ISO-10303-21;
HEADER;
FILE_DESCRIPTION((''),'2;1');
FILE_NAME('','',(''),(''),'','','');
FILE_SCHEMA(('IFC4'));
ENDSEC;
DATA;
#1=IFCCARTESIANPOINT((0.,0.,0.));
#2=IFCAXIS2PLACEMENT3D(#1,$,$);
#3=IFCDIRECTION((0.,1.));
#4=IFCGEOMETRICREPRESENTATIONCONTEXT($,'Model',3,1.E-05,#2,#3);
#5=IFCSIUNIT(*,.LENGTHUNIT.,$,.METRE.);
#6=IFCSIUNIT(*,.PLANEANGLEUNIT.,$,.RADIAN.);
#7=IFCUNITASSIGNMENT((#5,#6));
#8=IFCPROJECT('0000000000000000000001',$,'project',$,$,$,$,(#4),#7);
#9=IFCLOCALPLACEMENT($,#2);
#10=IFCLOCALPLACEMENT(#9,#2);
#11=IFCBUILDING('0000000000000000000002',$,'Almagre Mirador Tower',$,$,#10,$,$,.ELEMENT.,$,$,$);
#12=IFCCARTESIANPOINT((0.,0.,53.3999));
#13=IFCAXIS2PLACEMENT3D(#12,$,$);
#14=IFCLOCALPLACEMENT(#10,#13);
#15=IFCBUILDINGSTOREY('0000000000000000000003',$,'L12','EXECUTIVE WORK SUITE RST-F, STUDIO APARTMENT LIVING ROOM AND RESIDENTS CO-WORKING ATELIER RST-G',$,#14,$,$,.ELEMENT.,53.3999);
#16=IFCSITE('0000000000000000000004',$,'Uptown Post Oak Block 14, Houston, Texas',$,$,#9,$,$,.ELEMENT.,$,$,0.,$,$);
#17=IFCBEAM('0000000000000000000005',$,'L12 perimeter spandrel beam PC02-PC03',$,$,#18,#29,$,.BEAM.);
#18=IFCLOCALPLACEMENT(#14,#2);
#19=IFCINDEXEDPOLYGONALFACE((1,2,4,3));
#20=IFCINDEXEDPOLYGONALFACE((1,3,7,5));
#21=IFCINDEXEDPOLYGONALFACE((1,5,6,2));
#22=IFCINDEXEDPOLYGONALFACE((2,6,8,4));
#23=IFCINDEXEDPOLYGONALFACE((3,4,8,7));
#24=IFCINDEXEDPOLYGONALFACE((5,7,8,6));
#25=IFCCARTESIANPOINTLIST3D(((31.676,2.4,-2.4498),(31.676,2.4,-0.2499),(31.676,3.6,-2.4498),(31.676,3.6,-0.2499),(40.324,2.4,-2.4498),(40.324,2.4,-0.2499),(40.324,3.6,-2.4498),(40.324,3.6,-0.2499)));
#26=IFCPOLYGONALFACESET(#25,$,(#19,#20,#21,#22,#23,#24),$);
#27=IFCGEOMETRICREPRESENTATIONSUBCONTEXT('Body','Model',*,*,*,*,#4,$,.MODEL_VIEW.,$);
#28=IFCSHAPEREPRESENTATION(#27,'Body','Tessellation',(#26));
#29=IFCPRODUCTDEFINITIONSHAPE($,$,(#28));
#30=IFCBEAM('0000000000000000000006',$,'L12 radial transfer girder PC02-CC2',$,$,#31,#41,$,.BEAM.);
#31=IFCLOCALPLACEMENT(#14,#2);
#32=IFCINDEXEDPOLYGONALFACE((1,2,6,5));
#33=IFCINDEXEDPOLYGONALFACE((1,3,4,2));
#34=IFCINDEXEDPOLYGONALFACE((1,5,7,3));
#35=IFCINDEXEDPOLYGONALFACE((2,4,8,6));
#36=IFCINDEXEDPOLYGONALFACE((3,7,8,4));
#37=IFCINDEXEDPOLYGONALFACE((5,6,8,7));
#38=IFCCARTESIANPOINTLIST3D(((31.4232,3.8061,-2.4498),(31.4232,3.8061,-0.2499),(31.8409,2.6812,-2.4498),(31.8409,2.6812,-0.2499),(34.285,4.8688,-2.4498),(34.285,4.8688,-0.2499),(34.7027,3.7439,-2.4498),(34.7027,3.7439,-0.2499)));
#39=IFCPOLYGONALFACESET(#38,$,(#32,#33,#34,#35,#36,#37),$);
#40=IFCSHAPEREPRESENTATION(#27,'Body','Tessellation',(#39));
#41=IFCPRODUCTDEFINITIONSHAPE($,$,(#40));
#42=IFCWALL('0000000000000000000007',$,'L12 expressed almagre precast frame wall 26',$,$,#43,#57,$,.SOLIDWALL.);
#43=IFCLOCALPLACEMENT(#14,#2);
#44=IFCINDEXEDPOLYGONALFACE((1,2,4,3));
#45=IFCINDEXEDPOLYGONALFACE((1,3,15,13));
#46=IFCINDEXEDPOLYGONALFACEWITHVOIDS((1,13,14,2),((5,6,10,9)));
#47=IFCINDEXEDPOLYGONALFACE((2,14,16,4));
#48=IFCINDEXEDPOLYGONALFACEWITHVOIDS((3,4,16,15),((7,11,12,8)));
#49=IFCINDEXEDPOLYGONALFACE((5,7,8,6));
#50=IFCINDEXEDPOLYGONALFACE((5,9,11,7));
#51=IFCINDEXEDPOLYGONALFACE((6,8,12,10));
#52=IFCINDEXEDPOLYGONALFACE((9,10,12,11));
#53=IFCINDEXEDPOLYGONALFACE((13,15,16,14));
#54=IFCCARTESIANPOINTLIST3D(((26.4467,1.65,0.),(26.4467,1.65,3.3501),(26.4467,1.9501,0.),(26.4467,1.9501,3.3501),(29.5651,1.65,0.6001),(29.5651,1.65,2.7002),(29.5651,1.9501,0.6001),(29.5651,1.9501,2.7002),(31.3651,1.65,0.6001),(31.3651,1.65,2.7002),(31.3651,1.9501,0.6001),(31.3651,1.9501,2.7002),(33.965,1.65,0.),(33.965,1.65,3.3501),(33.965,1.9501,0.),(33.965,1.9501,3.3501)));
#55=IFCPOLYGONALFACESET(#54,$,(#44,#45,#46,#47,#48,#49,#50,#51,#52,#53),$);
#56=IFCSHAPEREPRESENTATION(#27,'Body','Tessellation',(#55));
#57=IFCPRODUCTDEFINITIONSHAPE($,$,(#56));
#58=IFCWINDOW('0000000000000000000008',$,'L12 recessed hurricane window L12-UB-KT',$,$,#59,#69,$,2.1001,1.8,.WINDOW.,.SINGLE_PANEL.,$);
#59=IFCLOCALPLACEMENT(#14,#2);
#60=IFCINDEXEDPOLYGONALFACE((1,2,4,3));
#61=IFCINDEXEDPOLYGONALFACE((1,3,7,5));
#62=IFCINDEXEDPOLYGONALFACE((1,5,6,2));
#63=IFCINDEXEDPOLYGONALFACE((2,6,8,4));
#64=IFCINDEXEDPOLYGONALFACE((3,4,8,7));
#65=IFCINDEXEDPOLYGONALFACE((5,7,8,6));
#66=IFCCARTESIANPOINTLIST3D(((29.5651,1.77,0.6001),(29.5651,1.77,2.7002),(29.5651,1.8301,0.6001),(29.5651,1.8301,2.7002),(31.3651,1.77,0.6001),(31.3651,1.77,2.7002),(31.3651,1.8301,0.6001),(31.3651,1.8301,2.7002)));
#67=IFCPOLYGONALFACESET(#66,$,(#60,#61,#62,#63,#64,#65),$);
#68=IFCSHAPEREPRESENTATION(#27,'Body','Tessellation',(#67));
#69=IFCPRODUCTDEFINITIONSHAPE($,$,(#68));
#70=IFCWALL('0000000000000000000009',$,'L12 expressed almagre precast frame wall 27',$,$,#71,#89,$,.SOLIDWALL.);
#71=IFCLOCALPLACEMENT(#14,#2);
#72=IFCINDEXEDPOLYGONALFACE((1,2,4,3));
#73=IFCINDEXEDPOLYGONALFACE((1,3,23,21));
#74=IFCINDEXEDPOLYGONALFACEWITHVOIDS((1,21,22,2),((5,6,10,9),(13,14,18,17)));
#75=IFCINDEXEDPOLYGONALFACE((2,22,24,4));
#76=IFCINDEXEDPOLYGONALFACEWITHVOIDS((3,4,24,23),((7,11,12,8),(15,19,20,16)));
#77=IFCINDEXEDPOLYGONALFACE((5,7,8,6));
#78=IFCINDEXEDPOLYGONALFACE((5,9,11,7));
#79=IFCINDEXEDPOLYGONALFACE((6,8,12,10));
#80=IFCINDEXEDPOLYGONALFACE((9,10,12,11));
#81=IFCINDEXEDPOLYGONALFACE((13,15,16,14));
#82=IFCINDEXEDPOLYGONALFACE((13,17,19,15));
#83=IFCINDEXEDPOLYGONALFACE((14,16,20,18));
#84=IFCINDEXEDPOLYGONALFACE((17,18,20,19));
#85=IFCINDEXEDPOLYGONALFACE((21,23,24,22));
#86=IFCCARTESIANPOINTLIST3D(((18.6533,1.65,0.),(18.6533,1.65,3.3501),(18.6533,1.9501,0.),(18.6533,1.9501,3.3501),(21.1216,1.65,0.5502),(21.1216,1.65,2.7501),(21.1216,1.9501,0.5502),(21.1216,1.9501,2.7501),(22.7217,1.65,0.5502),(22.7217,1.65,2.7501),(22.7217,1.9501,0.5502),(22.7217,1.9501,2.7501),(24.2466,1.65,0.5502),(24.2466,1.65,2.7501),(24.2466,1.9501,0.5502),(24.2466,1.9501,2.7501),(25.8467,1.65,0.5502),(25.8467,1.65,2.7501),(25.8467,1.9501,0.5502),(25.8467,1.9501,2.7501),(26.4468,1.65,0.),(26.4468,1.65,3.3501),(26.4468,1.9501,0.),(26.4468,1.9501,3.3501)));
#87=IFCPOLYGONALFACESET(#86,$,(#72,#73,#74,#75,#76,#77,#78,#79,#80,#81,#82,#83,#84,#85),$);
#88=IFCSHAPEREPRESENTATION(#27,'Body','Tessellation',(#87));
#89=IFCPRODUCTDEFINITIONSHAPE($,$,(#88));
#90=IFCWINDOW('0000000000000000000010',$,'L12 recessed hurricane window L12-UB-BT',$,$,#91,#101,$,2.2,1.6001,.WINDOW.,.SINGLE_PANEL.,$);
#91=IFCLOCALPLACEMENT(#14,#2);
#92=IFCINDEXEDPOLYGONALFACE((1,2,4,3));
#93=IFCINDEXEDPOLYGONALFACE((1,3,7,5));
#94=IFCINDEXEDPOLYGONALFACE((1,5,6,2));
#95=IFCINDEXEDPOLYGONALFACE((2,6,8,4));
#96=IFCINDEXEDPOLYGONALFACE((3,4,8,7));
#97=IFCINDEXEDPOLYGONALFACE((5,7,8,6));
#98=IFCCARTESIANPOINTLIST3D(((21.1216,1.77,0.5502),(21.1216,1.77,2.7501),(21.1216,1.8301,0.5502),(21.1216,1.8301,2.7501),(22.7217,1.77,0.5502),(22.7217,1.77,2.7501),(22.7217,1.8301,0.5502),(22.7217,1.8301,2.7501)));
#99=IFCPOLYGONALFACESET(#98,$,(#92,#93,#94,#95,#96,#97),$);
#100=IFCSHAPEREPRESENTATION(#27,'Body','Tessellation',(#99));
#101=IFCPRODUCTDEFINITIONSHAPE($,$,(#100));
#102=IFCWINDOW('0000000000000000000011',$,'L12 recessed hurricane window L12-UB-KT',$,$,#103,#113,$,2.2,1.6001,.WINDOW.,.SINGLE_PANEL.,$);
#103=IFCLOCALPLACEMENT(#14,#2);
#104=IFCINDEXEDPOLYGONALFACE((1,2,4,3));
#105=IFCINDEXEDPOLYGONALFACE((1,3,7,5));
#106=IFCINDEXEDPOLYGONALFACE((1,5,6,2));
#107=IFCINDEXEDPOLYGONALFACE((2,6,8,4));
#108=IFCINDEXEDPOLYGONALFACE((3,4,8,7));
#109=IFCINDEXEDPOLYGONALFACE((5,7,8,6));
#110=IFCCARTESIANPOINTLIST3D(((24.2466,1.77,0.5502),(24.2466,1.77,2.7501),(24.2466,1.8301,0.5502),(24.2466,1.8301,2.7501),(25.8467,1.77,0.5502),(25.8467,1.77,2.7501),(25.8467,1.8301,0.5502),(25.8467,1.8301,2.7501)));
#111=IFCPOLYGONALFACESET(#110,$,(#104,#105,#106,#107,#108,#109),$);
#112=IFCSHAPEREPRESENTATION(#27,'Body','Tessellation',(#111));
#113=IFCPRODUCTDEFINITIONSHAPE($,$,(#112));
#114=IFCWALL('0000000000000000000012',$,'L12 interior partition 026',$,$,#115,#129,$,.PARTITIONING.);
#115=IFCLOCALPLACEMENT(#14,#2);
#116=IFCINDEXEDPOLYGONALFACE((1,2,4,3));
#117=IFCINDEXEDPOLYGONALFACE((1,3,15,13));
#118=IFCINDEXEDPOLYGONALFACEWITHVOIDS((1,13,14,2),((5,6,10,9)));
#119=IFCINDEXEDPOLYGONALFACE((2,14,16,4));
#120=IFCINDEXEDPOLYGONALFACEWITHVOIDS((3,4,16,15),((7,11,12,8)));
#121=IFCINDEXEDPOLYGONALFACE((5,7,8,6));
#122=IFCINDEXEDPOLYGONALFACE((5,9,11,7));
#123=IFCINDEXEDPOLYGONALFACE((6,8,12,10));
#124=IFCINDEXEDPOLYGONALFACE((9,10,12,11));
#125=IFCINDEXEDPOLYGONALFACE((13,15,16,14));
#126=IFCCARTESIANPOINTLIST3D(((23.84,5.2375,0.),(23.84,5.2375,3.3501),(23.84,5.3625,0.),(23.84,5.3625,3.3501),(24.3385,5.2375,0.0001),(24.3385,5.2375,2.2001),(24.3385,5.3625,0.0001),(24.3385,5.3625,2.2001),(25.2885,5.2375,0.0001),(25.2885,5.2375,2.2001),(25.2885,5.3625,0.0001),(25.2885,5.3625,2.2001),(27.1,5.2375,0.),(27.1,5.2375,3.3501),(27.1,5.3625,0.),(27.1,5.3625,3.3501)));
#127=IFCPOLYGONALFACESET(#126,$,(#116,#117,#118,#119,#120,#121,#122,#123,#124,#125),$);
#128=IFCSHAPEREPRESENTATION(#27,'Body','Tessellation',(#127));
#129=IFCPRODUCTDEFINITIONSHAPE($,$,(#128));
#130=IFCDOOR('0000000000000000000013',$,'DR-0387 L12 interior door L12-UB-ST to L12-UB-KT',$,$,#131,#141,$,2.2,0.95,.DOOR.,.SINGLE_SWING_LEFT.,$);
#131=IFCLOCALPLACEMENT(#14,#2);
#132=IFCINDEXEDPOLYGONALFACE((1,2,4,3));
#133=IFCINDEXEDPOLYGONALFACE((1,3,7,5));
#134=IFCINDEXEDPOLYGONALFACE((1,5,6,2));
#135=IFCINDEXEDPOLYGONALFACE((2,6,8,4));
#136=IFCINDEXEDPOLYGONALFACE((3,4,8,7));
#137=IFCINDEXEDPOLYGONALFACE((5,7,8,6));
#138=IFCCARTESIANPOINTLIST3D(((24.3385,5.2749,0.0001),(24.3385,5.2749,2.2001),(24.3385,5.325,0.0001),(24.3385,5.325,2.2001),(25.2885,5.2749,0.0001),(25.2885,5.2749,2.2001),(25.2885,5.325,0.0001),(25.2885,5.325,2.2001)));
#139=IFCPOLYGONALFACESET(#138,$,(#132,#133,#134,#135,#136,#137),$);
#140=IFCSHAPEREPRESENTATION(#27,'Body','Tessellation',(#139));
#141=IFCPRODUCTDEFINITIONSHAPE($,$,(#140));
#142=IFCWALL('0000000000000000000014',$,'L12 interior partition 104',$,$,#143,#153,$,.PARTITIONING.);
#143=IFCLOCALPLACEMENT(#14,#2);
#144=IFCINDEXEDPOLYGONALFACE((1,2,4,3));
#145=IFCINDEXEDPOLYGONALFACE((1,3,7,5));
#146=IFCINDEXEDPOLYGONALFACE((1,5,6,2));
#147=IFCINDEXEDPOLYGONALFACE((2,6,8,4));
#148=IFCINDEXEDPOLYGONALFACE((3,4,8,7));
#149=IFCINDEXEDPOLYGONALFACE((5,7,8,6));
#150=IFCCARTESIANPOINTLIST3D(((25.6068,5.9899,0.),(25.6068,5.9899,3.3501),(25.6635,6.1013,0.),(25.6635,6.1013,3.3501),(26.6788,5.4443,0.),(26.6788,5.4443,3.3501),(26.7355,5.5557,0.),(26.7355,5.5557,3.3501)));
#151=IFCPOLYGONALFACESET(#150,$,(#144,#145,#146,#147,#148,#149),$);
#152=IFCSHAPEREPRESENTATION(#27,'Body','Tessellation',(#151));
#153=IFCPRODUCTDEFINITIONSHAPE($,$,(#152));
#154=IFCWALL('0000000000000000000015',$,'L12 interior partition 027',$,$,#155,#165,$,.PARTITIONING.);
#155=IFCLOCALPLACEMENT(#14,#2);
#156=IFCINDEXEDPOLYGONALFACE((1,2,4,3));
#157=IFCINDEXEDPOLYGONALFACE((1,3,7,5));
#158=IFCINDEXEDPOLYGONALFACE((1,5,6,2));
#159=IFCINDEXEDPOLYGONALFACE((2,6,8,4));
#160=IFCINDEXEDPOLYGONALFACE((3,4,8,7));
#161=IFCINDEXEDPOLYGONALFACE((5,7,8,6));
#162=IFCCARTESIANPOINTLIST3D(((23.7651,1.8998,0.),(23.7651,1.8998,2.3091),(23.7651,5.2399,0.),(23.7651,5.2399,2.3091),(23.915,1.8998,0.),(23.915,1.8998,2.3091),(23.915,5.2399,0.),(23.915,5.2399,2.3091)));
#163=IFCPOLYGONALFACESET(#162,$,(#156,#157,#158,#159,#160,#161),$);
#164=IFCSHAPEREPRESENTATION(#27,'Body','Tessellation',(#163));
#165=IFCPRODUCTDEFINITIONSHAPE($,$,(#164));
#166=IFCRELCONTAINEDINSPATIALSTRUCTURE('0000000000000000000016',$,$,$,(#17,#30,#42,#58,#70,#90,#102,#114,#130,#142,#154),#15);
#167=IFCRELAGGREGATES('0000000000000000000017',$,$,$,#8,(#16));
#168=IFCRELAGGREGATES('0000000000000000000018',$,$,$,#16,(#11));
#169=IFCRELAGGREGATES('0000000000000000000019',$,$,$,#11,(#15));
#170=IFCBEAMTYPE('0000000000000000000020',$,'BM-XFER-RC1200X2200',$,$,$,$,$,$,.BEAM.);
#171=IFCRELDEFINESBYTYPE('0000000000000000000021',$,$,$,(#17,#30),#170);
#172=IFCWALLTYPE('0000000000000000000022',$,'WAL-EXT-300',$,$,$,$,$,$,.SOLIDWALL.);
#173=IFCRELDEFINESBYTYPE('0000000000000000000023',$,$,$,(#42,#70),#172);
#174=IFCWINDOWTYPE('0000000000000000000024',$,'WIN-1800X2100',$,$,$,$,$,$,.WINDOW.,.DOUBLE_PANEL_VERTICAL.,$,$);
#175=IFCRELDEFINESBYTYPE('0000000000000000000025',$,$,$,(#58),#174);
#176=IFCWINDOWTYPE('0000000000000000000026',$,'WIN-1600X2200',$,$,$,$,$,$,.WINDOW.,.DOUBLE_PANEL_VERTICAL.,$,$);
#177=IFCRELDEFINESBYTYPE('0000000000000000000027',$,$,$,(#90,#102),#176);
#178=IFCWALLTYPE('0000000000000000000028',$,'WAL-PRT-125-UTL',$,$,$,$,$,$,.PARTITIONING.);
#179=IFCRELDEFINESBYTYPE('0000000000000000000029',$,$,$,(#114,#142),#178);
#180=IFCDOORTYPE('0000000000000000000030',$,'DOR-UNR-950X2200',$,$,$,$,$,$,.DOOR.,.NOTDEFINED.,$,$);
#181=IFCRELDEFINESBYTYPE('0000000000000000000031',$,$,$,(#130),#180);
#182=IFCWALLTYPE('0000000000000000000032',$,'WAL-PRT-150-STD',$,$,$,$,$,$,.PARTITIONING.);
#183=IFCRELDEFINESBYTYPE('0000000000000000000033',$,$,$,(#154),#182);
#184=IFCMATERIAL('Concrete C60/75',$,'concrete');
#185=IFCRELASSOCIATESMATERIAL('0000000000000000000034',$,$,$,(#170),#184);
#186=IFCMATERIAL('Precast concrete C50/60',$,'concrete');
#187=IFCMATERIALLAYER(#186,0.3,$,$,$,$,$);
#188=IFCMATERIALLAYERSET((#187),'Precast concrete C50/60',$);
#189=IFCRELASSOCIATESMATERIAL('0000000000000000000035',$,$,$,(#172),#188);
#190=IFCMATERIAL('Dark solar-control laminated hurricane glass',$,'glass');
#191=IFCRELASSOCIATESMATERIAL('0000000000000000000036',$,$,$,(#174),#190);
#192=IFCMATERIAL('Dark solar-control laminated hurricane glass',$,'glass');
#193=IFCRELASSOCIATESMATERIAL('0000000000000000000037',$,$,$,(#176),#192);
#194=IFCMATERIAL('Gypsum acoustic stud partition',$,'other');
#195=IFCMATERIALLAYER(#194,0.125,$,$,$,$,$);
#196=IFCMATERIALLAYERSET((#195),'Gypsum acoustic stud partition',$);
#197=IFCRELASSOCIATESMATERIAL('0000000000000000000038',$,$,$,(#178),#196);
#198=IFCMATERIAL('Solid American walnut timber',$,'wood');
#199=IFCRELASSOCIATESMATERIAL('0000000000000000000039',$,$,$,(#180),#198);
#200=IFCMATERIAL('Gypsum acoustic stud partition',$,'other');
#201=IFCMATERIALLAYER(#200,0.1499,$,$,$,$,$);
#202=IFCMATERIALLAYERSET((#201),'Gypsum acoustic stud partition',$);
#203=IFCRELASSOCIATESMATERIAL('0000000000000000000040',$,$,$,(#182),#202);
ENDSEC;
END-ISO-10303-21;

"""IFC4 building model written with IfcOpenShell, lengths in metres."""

from ifc_helpers import new_model, si_unit, direction, frame, frame_2d, origin, origin_2d, place, context, subcontext, project, spatial, rectangle, extrude, material, layer, layer_set, material_profile, profile_set, type_object, element, fill, save


model = new_model("IFC4")

# Units and contexts
model_context = context("Model", 3, precision=1e-05, world=origin(), true_north=direction((0.0, 1.0)))
body_context = subcontext(model_context, "Body", "Model", "MODEL_VIEW")
ifc_project = project(units=[si_unit("LENGTHUNIT", "METRE"), si_unit("PLANEANGLEUNIT", "RADIAN")], contexts=[model_context])

# Site, building, storey
site_placement = place(None, origin())
site = spatial("IfcSite", under=ifc_project, at=site_placement, Name="Uptown Post Oak Block 14, Houston, Texas", CompositionType="ELEMENT", RefElevation=0.0)
building_placement = place(site_placement, origin())
building = spatial("IfcBuilding", under=site, at=building_placement, Name="Almagre Mirador Tower", CompositionType="ELEMENT")
storey_placement = place(building_placement, frame((0.0, 0.0, 53.3999)))
storey = spatial("IfcBuildingStorey", under=building, at=storey_placement, Name="L12", Description="EXECUTIVE WORK SUITE RST-F, STUDIO APARTMENT LIVING ROOM AND RESIDENTS CO-WORKING ATELIER RST-G", CompositionType="ELEMENT", Elevation=53.3999)

# Beams
ifc_material_1 = material(Name="Concrete C60/75", Category="concrete")
ifc_material_profile_1 = material_profile(ifc_material_1, rectangle(XDim=1.2, YDim=2.2, at=origin_2d()), Name="RC1200X2200")
ifc_profile_set_1 = profile_set([ifc_material_profile_1], Name="Concrete C60/75")
beam_type_1 = type_object("IfcBeamType", Name="BM-XFER-RC1200X2200", PredefinedType="BEAM", material=ifc_profile_set_1)
beam_1_placement = place(storey_placement, frame((31.676, 3.0, -1.3499), z_axis=(1.0, 0.0, 0.0), x_axis=(0.0, 1.0, 0.0)))
element("IfcBeam", 1, at=beam_1_placement, inside=storey, type_object=beam_type_1, Name="L12 perimeter spandrel beam PC02-PC03", PredefinedType="BEAM", context=body_context, shape_type="SweptSolid", body=[
    extrude(rectangle(XDim=1.2, YDim=2.2, at=origin_2d()), origin(), (0.0, 0.0, 1.0), 8.6479),
])
beam_2_placement = place(storey_placement, frame((31.6321, 3.2437, -1.3499), z_axis=(0.937448, 0.348124, 0.0), x_axis=(-0.348124, 0.937448, 0.0)))
element("IfcBeam", 2, at=beam_2_placement, inside=storey, type_object=beam_type_1, Name="L12 radial transfer girder PC02-CC2", PredefinedType="BEAM", context=body_context, shape_type="SweptSolid", body=[
    extrude(rectangle(XDim=1.2, YDim=2.2, at=origin_2d()), origin(), (0.0, 0.0, 1.0), 3.0527),
])

# Wall, opening, window
ifc_material_2 = material(Name="Precast concrete C50/60", Category="concrete")
ifc_layer_1 = layer(ifc_material_2, 0.3)
ifc_layer_set_1 = layer_set([ifc_layer_1], Name="Precast concrete C50/60")
wall_type_1 = type_object("IfcWallType", Name="WAL-EXT-300", PredefinedType="SOLIDWALL", material=ifc_layer_set_1)
wall_1_placement = place(storey_placement, frame((33.9651, 1.8, 0.0), z_axis=(0.0, 0.0, 1.0), x_axis=(-1.0, 0.0, 0.0)))
wall_1 = element("IfcWall", 3, at=wall_1_placement, inside=storey, type_object=wall_type_1, Name="L12 expressed almagre precast frame wall 26", PredefinedType="SOLIDWALL", context=body_context, shape_type="SweptSolid", body=[
    extrude(rectangle(XDim=7.5183, YDim=0.3, at=frame_2d((3.7593, 0.0))), origin(), (0.0, 0.0, 1.0), 3.3501),
])
opening_1_placement = place(wall_1_placement, frame((2.6001, 0.0, 0.6001)))
opening_1 = element("IfcOpeningElement", 4, at=opening_1_placement, cuts=wall_1, PredefinedType="OPENING", context=body_context, shape_type="SweptSolid", body=[
    extrude(rectangle(XDim=1.8, YDim=2.1001, at=frame_2d((0.8999, 1.05))), frame((0.0, 0.1599, 0.0), z_axis=(0.0, -1.0, 0.0), x_axis=(1.0, 0.0, 0.0)), (0.0, 0.0, 1.0), 0.32),
])
ifc_material_3 = material(Name="Dark solar-control laminated hurricane glass", Category="glass")
window_type_1 = type_object("IfcWindowType", Name="WIN-1800X2100", PartitioningType="DOUBLE_PANEL_VERTICAL", PredefinedType="WINDOW", material=ifc_material_3)
window_1_placement = place(opening_1_placement, origin())
window_1 = element("IfcWindow", 5, at=window_1_placement, inside=storey, type_object=window_type_1, Name="L12 recessed hurricane window L12-UB-KT", OverallHeight=2.1001, OverallWidth=1.8, PartitioningType="SINGLE_PANEL", PredefinedType="WINDOW", context=body_context, shape_type="SweptSolid", body=[
    extrude(rectangle(XDim=1.8, YDim=2.1001, at=frame_2d((0.8999, 1.05))), frame((0.0, 0.03, 0.0), z_axis=(0.0, -1.0, 0.0), x_axis=(1.0, 0.0, 0.0)), (0.0, 0.0, 1.0), 0.0601),
])
fill(opening_1, window_1)

# Wall, openings, windows
wall_2_placement = place(storey_placement, frame((26.4468, 1.8, 0.0), z_axis=(0.0, 0.0, 1.0), x_axis=(-1.0, 0.0, 0.0)))
wall_2 = element("IfcWall", 6, at=wall_2_placement, inside=storey, type_object=wall_type_1, Name="L12 expressed almagre precast frame wall 27", PredefinedType="SOLIDWALL", context=body_context, shape_type="SweptSolid", body=[
    extrude(rectangle(XDim=7.7935, YDim=0.3, at=frame_2d((3.8967, 0.0))), origin(), (0.0, 0.0, 1.0), 3.3501),
])
opening_2_placement = place(wall_2_placement, frame((3.7251, 0.0, 0.55)))
opening_2 = element("IfcOpeningElement", 7, at=opening_2_placement, cuts=wall_2, PredefinedType="OPENING", context=body_context, shape_type="SweptSolid", body=[
    extrude(rectangle(XDim=1.6001, YDim=2.2, at=frame_2d((0.8, 1.1001))), frame((0.0, 0.1599, 0.0), z_axis=(0.0, -1.0, 0.0), x_axis=(1.0, 0.0, 0.0)), (0.0, 0.0, 1.0), 0.32),
])
opening_3_placement = place(wall_2_placement, frame((0.6001, 0.0, 0.55)))
opening_3 = element("IfcOpeningElement", 8, at=opening_3_placement, cuts=wall_2, PredefinedType="OPENING", context=body_context, shape_type="SweptSolid", body=[
    extrude(rectangle(XDim=1.6001, YDim=2.2, at=frame_2d((0.8, 1.1001))), frame((0.0, 0.1599, 0.0), z_axis=(0.0, -1.0, 0.0), x_axis=(1.0, 0.0, 0.0)), (0.0, 0.0, 1.0), 0.32),
])
ifc_material_4 = material(Name="Dark solar-control laminated hurricane glass", Category="glass")
window_type_2 = type_object("IfcWindowType", Name="WIN-1600X2200", PartitioningType="DOUBLE_PANEL_VERTICAL", PredefinedType="WINDOW", material=ifc_material_4)
window_2_placement = place(opening_2_placement, origin())
window_2 = element("IfcWindow", 9, at=window_2_placement, inside=storey, type_object=window_type_2, Name="L12 recessed hurricane window L12-UB-BT", OverallHeight=2.2, OverallWidth=1.6001, PartitioningType="SINGLE_PANEL", PredefinedType="WINDOW", context=body_context, shape_type="SweptSolid", body=[
    extrude(rectangle(XDim=1.6001, YDim=2.2, at=frame_2d((0.8, 1.1001))), frame((0.0, 0.03, 0.0), z_axis=(0.0, -1.0, 0.0), x_axis=(1.0, 0.0, 0.0)), (0.0, 0.0, 1.0), 0.0601),
])
fill(opening_2, window_2)
window_3_placement = place(opening_3_placement, origin())
window_3 = element("IfcWindow", 10, at=window_3_placement, inside=storey, type_object=window_type_2, Name="L12 recessed hurricane window L12-UB-KT", OverallHeight=2.2, OverallWidth=1.6001, PartitioningType="SINGLE_PANEL", PredefinedType="WINDOW", context=body_context, shape_type="SweptSolid", body=[
    extrude(rectangle(XDim=1.6001, YDim=2.2, at=frame_2d((0.8, 1.1001))), frame((0.0, 0.03, 0.0), z_axis=(0.0, -1.0, 0.0), x_axis=(1.0, 0.0, 0.0)), (0.0, 0.0, 1.0), 0.0601),
])
fill(opening_3, window_3)

# Wall, opening, door
ifc_material_5 = material(Name="Gypsum acoustic stud partition", Category="other")
ifc_layer_2 = layer(ifc_material_5, 0.125)
ifc_layer_set_2 = layer_set([ifc_layer_2], Name="Gypsum acoustic stud partition")
wall_type_2 = type_object("IfcWallType", Name="WAL-PRT-125-UTL", PredefinedType="PARTITIONING", material=ifc_layer_set_2)
wall_3_placement = place(storey_placement, frame((23.8401, 5.3, 0.0), z_axis=(0.0, 0.0, 1.0), x_axis=(1.0, 0.0, 0.0)))
wall_3 = element("IfcWall", 11, at=wall_3_placement, inside=storey, type_object=wall_type_2, Name="L12 interior partition 026", PredefinedType="PARTITIONING", context=body_context, shape_type="SweptSolid", body=[
    extrude(rectangle(XDim=3.26, YDim=0.125, at=frame_2d((1.6299, 0.0))), origin(), (0.0, 0.0, 1.0), 3.3501),
])
opening_4_placement = place(wall_3_placement, frame((0.4983, 0.0, 0.0)))
opening_4 = element("IfcOpeningElement", 12, at=opening_4_placement, cuts=wall_3, PredefinedType="OPENING", context=body_context, shape_type="SweptSolid", body=[
    extrude(rectangle(XDim=0.95, YDim=2.2, at=frame_2d((0.4751, 1.1001))), frame((0.0, 0.0725, 0.0), z_axis=(0.0, -1.0, 0.0), x_axis=(1.0, 0.0, 0.0)), (0.0, 0.0, 1.0), 0.145),
])
ifc_material_6 = material(Name="Solid American walnut timber", Category="wood")
door_type_1 = type_object("IfcDoorType", Name="DOR-UNR-950X2200", OperationType="NOTDEFINED", PredefinedType="DOOR", material=ifc_material_6)
door_1_placement = place(opening_4_placement, origin())
door_1 = element("IfcDoor", 13, at=door_1_placement, inside=storey, type_object=door_type_1, Name="DR-0387 L12 interior door L12-UB-ST to L12-UB-KT", OperationType="SINGLE_SWING_LEFT", OverallHeight=2.2, OverallWidth=0.95, PredefinedType="DOOR", context=body_context, shape_type="SweptSolid", body=[
    extrude(rectangle(XDim=0.95, YDim=2.2, at=frame_2d((0.4751, 1.1001))), frame((0.0, 0.0249, 0.0), z_axis=(0.0, -1.0, 0.0), x_axis=(1.0, 0.0, 0.0)), (0.0, 0.0, 1.0), 0.05),
])
fill(opening_4, door_1)

# Walls
wall_4_placement = place(storey_placement, frame((25.635, 6.0457, 0.0), z_axis=(0.0, 0.0, 1.0), x_axis=(0.891197, -0.453616, 0.0)))
element("IfcWall", 14, at=wall_4_placement, inside=storey, type_object=wall_type_2, Name="L12 interior partition 104", PredefinedType="PARTITIONING", context=body_context, shape_type="SweptSolid", body=[
    extrude(rectangle(XDim=1.2029, YDim=0.125, at=frame_2d((0.6016, 0.0))), origin(), (0.0, 0.0, 1.0), 3.3501),
])
ifc_material_7 = material(Name="Gypsum acoustic stud partition", Category="other")
ifc_layer_3 = layer(ifc_material_7, 0.1499)
ifc_layer_set_3 = layer_set([ifc_layer_3], Name="Gypsum acoustic stud partition")
wall_type_3 = type_object("IfcWallType", Name="WAL-PRT-150-STD", PredefinedType="PARTITIONING", material=ifc_layer_set_3)
wall_5_placement = place(storey_placement, frame((23.8401, 1.8999, 0.0), z_axis=(0.0, 0.0, 1.0), x_axis=(0.0, 1.0, 0.0)))
element("IfcWall", 15, at=wall_5_placement, inside=storey, type_object=wall_type_3, Name="L12 interior partition 027", PredefinedType="PARTITIONING", context=body_context, shape_type="SweptSolid", body=[
    extrude(rectangle(XDim=3.3401, YDim=0.1499, at=frame_2d((1.6699, 0.0))), origin(), (0.0, 0.0, 1.0), 2.3091),
])

save(model, "model.ifc")
